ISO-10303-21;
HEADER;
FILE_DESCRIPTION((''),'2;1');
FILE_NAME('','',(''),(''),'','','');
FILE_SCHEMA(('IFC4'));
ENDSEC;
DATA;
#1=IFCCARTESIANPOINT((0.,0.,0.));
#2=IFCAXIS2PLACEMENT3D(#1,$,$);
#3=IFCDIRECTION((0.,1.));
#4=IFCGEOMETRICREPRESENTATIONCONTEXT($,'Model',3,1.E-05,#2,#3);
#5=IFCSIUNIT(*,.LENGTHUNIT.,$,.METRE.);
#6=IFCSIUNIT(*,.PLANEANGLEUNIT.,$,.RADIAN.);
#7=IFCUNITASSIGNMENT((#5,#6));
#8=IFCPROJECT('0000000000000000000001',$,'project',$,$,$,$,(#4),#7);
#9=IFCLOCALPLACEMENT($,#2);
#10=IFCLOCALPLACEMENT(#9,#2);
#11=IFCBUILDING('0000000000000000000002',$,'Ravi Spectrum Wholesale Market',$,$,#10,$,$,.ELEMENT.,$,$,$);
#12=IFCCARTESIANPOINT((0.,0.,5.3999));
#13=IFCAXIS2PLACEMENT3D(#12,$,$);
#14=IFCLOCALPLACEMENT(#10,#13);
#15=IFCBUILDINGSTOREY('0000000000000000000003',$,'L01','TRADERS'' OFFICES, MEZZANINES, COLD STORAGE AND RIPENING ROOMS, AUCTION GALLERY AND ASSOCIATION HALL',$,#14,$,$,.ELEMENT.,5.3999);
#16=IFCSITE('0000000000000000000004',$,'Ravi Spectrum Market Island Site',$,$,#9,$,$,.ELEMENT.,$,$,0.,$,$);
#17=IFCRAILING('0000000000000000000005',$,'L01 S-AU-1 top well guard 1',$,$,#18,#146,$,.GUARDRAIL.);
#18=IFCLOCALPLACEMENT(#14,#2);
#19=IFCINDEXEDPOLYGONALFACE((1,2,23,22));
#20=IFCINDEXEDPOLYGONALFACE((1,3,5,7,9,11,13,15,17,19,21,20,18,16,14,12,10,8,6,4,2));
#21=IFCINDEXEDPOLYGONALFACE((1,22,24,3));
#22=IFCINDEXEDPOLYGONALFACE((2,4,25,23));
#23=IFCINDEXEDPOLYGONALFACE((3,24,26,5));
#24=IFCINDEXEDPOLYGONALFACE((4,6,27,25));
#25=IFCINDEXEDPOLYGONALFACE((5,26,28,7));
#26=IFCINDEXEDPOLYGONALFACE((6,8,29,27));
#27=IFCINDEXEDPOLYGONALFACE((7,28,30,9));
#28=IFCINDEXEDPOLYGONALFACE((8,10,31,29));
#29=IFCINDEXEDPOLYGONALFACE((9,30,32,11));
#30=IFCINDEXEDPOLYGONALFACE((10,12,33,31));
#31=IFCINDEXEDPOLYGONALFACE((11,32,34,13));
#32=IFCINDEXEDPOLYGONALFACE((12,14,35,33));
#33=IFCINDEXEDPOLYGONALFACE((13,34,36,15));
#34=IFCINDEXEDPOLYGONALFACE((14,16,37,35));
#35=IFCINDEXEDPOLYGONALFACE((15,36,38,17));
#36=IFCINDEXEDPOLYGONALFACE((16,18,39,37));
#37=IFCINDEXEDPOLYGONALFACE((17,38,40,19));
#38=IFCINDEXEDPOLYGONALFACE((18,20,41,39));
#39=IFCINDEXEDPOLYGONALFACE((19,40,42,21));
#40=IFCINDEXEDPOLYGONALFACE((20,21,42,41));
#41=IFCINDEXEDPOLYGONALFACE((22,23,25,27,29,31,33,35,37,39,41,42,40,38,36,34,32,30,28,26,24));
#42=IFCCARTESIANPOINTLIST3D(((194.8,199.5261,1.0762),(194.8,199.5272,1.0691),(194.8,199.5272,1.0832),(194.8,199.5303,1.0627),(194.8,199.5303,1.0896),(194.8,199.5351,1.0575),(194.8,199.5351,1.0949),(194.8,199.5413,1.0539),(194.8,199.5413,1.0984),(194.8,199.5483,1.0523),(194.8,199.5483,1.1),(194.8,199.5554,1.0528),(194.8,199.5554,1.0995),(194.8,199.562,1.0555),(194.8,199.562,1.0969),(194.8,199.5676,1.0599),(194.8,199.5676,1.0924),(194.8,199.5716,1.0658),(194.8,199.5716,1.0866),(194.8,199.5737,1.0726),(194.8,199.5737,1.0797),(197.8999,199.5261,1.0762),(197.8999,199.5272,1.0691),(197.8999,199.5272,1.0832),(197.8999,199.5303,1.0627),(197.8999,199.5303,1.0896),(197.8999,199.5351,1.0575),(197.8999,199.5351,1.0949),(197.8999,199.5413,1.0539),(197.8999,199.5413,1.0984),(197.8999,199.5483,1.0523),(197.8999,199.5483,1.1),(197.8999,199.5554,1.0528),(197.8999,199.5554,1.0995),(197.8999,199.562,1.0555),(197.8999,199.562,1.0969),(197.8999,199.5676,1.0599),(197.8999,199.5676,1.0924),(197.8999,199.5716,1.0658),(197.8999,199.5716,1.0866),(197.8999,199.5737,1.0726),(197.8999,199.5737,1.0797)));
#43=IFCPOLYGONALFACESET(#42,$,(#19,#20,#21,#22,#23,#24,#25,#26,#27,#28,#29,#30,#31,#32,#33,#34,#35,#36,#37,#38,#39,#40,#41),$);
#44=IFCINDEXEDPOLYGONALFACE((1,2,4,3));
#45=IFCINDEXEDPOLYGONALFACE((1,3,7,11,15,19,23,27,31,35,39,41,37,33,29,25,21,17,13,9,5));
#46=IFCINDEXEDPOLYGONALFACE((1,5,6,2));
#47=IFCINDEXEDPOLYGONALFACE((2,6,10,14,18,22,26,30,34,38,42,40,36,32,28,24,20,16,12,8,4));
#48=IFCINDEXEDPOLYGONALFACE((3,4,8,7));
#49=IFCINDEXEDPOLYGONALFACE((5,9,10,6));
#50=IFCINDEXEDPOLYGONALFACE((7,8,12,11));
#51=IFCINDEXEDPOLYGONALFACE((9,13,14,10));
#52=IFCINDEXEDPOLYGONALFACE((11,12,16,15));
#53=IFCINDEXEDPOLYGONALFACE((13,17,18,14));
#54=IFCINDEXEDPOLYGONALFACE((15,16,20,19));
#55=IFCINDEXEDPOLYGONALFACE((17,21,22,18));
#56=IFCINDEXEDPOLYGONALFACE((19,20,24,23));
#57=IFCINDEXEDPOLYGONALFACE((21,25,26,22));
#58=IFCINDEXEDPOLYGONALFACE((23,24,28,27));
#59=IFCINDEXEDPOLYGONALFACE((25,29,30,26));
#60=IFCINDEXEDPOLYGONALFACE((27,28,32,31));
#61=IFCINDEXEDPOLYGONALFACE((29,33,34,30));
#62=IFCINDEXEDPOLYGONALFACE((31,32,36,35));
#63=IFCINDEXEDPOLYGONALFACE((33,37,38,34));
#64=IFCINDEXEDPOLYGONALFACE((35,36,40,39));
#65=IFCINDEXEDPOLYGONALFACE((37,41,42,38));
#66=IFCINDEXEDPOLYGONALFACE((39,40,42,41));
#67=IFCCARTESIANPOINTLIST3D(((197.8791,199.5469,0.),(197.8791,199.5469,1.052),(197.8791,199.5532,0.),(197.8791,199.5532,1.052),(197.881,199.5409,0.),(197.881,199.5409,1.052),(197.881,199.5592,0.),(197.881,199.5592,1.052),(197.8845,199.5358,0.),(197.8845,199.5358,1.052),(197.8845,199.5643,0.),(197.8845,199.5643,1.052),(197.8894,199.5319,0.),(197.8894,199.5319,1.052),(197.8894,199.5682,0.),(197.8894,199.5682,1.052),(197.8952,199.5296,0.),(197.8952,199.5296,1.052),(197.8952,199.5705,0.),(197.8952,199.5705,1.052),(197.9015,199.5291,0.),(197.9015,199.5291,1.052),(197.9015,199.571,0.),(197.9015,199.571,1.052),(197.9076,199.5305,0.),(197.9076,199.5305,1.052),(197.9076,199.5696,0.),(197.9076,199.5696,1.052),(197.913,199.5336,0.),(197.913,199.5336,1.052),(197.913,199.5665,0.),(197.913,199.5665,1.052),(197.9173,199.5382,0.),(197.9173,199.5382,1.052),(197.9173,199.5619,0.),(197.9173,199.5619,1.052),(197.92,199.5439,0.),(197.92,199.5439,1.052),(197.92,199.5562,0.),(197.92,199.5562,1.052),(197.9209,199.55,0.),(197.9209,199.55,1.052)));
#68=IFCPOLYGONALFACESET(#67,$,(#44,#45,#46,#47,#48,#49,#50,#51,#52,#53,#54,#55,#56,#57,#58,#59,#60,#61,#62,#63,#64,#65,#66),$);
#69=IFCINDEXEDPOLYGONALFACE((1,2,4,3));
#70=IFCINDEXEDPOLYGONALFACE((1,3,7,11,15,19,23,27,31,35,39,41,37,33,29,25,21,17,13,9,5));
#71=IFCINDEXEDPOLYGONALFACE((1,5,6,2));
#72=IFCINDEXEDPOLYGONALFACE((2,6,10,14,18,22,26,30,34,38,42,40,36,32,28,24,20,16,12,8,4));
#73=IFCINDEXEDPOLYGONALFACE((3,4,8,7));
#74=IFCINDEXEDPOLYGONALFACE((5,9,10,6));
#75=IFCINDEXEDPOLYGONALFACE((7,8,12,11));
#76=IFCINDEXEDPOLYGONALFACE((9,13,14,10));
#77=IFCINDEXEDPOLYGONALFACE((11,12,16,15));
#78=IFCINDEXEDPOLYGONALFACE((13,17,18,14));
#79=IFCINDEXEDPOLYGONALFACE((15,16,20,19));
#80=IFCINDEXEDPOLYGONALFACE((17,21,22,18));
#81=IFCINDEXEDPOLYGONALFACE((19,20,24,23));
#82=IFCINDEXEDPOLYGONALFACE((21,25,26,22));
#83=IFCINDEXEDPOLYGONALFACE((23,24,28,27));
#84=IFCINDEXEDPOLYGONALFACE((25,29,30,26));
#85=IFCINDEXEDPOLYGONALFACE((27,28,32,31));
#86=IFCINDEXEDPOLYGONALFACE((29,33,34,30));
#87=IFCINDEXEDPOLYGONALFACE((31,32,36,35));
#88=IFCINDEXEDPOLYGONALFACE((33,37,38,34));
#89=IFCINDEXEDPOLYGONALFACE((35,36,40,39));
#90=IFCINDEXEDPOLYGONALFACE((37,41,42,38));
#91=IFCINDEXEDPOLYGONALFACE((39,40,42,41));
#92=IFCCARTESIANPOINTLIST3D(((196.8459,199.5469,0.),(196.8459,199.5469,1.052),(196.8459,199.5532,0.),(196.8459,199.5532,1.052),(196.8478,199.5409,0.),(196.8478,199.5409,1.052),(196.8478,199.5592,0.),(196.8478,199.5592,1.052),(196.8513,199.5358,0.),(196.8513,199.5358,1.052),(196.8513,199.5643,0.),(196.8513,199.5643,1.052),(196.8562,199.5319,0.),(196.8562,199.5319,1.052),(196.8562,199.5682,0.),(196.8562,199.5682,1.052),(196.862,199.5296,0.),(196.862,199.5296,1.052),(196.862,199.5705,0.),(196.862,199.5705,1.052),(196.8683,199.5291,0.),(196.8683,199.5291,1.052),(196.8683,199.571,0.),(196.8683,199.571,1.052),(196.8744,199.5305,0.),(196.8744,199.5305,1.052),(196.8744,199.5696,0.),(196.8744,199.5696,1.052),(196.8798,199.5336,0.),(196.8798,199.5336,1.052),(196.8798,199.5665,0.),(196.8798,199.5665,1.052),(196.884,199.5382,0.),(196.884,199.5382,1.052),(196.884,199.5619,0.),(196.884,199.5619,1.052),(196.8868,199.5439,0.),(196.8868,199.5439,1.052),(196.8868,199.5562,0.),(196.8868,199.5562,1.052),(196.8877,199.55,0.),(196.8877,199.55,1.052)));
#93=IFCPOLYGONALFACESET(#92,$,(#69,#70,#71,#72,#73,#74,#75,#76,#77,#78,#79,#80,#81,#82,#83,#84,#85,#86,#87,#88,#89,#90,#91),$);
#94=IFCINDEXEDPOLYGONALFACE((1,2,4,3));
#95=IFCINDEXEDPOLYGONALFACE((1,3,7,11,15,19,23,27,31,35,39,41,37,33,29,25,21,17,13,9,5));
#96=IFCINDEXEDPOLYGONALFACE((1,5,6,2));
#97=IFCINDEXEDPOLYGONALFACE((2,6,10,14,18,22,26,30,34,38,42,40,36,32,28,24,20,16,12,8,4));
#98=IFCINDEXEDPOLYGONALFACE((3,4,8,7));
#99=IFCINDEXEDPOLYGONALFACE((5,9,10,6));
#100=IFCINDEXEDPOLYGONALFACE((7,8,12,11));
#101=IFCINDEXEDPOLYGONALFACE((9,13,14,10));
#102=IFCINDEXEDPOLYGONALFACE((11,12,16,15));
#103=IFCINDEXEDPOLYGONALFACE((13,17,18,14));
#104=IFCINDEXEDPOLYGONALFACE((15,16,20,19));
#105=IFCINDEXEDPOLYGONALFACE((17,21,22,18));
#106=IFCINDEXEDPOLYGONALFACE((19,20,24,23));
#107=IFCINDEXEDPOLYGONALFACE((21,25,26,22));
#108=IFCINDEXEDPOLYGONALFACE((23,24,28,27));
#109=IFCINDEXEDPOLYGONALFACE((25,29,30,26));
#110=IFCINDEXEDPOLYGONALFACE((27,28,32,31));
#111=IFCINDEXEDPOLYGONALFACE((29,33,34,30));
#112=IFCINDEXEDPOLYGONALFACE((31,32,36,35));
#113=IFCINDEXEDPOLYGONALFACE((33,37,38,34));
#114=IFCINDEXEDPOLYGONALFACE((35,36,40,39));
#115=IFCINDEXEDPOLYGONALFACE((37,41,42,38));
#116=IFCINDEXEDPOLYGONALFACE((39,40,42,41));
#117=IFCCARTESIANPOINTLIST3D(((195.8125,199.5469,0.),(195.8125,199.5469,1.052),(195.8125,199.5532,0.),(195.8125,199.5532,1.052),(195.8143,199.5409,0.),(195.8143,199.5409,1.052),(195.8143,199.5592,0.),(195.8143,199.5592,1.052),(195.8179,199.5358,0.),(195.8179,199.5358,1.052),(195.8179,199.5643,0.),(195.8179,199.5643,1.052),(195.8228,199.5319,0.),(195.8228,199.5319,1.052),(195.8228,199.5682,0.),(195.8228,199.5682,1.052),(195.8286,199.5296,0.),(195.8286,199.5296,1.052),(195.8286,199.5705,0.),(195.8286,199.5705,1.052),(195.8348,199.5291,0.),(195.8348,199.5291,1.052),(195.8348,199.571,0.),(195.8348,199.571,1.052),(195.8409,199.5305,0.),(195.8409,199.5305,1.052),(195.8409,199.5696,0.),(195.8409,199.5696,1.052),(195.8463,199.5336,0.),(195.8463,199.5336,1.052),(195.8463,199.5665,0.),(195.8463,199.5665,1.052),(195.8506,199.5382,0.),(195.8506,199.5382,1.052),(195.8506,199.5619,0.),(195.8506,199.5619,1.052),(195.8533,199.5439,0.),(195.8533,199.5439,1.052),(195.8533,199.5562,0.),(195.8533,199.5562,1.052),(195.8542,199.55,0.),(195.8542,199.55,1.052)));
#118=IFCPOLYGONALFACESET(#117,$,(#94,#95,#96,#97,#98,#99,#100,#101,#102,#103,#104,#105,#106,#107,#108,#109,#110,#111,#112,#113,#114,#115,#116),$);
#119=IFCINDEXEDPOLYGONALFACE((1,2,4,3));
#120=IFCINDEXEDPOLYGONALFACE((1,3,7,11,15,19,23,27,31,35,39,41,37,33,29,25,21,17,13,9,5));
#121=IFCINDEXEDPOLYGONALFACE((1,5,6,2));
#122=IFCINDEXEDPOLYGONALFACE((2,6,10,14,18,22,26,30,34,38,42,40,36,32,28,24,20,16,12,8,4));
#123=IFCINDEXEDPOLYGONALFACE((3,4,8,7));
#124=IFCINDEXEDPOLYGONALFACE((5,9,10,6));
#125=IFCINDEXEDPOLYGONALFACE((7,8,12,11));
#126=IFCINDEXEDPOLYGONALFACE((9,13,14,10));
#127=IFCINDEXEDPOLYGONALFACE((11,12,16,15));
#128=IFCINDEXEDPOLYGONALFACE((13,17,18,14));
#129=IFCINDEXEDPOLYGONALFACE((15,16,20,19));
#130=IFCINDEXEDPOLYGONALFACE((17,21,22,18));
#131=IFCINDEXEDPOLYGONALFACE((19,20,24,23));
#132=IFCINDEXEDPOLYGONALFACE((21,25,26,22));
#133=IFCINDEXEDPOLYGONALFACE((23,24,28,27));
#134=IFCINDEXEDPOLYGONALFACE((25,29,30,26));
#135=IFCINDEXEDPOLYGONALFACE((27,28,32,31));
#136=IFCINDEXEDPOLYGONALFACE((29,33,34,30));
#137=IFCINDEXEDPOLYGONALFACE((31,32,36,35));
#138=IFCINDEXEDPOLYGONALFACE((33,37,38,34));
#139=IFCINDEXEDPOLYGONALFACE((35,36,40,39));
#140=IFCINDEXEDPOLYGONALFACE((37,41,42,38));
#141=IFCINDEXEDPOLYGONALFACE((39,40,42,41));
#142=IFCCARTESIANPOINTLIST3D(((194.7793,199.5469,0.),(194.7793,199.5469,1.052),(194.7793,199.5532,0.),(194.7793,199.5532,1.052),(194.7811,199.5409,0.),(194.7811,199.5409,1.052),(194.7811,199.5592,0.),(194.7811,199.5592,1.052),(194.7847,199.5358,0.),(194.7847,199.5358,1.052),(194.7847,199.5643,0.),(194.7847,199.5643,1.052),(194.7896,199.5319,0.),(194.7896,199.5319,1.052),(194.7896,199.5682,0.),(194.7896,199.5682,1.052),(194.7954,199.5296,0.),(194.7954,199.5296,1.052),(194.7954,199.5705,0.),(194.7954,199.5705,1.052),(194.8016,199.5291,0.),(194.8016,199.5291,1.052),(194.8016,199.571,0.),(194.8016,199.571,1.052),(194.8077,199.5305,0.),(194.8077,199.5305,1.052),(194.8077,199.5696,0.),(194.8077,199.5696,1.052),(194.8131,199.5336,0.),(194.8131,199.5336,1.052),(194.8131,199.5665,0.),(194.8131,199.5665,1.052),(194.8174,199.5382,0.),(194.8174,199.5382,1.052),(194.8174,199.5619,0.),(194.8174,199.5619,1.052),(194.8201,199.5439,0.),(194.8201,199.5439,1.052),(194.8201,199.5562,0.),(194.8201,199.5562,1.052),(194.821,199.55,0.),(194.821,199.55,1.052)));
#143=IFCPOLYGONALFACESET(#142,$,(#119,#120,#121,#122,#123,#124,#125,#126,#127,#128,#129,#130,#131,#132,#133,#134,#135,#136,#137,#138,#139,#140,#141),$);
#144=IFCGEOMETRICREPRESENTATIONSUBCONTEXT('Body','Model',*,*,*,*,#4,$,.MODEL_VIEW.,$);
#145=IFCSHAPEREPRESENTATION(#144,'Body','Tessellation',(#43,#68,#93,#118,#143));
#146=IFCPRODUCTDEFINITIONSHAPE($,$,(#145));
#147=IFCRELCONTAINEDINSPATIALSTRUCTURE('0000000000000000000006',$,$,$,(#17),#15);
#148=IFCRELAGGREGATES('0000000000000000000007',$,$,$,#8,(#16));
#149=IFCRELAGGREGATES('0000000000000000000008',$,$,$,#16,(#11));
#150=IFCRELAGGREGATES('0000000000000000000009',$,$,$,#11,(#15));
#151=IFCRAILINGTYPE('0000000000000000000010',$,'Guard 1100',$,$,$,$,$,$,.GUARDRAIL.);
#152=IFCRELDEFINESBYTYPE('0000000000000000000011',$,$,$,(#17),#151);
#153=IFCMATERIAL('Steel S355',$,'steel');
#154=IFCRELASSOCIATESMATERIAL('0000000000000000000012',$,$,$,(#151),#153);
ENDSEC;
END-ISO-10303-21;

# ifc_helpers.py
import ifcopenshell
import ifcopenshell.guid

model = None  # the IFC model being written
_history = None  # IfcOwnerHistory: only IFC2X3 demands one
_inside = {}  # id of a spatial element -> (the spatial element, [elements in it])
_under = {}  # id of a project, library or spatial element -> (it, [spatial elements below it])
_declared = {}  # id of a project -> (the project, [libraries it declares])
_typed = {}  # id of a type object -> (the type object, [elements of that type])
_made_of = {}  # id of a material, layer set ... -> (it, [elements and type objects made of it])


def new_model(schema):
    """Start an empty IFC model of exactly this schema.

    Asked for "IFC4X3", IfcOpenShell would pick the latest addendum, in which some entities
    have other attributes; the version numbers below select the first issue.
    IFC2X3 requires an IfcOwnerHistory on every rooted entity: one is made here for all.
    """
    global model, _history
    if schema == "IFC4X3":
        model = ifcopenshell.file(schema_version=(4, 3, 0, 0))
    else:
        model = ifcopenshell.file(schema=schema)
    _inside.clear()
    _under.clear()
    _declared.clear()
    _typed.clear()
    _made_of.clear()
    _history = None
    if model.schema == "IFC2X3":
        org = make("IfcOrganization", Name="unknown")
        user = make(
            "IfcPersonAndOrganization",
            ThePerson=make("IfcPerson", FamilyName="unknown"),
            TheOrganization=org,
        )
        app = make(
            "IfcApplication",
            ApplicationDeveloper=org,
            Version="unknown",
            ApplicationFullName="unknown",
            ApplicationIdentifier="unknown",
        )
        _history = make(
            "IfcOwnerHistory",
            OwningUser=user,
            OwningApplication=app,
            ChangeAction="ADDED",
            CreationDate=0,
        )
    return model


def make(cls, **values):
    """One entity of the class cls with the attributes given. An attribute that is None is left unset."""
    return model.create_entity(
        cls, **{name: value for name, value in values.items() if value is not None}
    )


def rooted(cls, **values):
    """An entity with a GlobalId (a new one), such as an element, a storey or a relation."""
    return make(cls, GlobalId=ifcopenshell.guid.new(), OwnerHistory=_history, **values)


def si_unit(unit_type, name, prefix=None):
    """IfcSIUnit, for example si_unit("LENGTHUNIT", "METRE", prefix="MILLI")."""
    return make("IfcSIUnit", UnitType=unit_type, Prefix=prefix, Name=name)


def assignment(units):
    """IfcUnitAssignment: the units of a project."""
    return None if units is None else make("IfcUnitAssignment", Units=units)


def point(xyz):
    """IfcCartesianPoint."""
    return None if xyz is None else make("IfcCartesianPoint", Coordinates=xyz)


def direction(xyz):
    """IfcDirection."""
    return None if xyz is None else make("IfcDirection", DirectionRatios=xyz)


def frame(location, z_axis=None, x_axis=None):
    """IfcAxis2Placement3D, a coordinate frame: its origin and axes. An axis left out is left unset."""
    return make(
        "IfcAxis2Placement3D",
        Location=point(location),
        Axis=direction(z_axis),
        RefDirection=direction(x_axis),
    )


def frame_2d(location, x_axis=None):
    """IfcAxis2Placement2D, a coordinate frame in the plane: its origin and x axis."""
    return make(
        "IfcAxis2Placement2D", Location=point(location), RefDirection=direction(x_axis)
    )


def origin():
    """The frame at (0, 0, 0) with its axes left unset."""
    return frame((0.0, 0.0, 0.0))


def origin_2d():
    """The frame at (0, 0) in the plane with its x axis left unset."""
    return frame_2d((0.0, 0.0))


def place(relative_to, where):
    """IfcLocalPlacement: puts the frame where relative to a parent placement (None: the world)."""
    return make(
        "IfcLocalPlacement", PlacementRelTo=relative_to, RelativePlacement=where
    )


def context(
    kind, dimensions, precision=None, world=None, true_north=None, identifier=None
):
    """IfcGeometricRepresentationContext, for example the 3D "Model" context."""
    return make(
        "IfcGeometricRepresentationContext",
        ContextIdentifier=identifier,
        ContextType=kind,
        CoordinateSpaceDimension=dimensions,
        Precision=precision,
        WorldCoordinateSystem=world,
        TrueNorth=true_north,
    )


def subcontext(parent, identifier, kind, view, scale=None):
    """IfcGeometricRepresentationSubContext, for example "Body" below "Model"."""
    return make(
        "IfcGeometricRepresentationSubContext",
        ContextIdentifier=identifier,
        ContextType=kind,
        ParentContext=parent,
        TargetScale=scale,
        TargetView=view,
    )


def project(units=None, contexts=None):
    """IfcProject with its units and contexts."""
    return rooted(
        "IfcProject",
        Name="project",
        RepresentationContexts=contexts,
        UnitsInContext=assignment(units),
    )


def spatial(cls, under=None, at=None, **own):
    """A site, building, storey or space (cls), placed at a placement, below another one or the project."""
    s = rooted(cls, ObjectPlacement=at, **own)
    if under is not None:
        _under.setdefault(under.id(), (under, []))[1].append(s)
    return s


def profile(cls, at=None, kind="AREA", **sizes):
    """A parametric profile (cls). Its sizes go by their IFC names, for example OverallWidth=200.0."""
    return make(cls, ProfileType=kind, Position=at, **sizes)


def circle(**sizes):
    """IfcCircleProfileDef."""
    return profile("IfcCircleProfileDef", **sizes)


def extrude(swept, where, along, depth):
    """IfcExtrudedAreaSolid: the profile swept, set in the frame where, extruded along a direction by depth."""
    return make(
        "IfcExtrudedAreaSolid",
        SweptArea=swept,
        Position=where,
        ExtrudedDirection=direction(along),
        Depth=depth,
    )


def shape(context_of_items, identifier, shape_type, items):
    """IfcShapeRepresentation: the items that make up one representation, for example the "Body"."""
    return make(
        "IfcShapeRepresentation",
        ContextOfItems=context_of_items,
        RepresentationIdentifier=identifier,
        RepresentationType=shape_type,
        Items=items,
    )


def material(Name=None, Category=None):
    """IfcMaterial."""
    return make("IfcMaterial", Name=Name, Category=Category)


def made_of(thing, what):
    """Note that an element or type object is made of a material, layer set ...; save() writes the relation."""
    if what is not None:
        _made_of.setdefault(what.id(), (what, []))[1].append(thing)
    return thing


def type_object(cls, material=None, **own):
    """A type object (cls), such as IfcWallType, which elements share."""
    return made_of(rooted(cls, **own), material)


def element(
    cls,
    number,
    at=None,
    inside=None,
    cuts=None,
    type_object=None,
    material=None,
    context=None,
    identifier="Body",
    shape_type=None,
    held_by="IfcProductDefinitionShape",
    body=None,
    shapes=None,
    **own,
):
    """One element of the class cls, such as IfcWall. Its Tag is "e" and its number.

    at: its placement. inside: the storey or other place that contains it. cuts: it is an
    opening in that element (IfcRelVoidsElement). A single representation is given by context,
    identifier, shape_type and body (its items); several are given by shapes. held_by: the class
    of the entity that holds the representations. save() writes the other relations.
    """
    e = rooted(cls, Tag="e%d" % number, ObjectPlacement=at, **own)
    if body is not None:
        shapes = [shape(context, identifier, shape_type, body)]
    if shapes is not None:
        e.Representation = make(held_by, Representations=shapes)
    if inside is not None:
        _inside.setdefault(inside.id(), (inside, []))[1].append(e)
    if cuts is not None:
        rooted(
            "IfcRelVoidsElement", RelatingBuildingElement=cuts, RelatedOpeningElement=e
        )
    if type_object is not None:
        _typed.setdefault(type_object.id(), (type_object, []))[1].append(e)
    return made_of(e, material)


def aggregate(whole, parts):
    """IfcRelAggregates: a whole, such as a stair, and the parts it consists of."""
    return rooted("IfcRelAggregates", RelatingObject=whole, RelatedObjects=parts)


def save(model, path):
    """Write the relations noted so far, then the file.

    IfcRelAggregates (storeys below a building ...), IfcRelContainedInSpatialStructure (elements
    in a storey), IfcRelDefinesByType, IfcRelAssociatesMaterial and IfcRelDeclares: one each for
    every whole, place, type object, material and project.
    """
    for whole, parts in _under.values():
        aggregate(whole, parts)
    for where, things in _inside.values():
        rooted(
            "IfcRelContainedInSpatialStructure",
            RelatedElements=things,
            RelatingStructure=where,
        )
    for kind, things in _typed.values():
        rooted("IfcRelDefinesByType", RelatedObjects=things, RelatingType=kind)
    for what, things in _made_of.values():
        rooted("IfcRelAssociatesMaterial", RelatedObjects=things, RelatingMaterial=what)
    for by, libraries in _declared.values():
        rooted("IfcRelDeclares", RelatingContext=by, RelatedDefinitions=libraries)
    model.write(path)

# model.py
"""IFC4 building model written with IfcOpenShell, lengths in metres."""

from ifc_helpers import new_model, si_unit, direction, frame, origin, origin_2d, place, context, subcontext, project, spatial, circle, extrude, material, type_object, element, save


model = new_model("IFC4")

# Units and contexts
model_context = context("Model", 3, precision=1e-05, world=origin(), true_north=direction((0.0, 1.0)))
body_context = subcontext(model_context, "Body", "Model", "MODEL_VIEW")
ifc_project = project(units=[si_unit("LENGTHUNIT", "METRE"), si_unit("PLANEANGLEUNIT", "RADIAN")], contexts=[model_context])

# Site, building, storey
site_placement = place(None, origin())
site = spatial("IfcSite", under=ifc_project, at=site_placement, Name="Ravi Spectrum Market Island Site", CompositionType="ELEMENT", RefElevation=0.0)
building_placement = place(site_placement, origin())
building = spatial("IfcBuilding", under=site, at=building_placement, Name="Ravi Spectrum Wholesale Market", CompositionType="ELEMENT")
storey_placement = place(building_placement, frame((0.0, 0.0, 5.3999)))
storey = spatial("IfcBuildingStorey", under=building, at=storey_placement, Name="L01", Description="TRADERS' OFFICES, MEZZANINES, COLD STORAGE AND RIPENING ROOMS, AUCTION GALLERY AND ASSOCIATION HALL", CompositionType="ELEMENT", Elevation=5.3999)

# Railing
ifc_material_1 = material(Name="Steel S355", Category="steel")
railing_type = type_object("IfcRailingType", Name="Guard 1100", PredefinedType="GUARDRAIL", material=ifc_material_1)
railing_placement = place(storey_placement, frame((197.8999, 199.55, 0.0)))
element("IfcRailing", 1, at=railing_placement, inside=storey, type_object=railing_type, Name="L01 S-AU-1 top well guard 1", PredefinedType="GUARDRAIL", context=body_context, shape_type="SweptSolid", body=[
    extrude(circle(Radius=0.0239, at=origin_2d()), frame((0.0, 0.0, 1.0762), z_axis=(-1.0, 0.0, 0.0), x_axis=(0.0, -1.0, 0.0)), (0.0, 0.0, 1.0), 3.0999),
    extrude(circle(Radius=0.021, at=origin_2d()), origin(), (0.0, 0.0, 1.0), 1.052),
    extrude(circle(Radius=0.021, at=origin_2d()), frame((-1.0332, 0.0, 0.0)), (0.0, 0.0, 1.0), 1.052),
    extrude(circle(Radius=0.021, at=origin_2d()), frame((-2.0667, 0.0, 0.0)), (0.0, 0.0, 1.0), 1.052),
    extrude(circle(Radius=0.021, at=origin_2d()), frame((-3.0999, 0.0, 0.0)), (0.0, 0.0, 1.0), 1.052),
])

save(model, "model.ifc")
